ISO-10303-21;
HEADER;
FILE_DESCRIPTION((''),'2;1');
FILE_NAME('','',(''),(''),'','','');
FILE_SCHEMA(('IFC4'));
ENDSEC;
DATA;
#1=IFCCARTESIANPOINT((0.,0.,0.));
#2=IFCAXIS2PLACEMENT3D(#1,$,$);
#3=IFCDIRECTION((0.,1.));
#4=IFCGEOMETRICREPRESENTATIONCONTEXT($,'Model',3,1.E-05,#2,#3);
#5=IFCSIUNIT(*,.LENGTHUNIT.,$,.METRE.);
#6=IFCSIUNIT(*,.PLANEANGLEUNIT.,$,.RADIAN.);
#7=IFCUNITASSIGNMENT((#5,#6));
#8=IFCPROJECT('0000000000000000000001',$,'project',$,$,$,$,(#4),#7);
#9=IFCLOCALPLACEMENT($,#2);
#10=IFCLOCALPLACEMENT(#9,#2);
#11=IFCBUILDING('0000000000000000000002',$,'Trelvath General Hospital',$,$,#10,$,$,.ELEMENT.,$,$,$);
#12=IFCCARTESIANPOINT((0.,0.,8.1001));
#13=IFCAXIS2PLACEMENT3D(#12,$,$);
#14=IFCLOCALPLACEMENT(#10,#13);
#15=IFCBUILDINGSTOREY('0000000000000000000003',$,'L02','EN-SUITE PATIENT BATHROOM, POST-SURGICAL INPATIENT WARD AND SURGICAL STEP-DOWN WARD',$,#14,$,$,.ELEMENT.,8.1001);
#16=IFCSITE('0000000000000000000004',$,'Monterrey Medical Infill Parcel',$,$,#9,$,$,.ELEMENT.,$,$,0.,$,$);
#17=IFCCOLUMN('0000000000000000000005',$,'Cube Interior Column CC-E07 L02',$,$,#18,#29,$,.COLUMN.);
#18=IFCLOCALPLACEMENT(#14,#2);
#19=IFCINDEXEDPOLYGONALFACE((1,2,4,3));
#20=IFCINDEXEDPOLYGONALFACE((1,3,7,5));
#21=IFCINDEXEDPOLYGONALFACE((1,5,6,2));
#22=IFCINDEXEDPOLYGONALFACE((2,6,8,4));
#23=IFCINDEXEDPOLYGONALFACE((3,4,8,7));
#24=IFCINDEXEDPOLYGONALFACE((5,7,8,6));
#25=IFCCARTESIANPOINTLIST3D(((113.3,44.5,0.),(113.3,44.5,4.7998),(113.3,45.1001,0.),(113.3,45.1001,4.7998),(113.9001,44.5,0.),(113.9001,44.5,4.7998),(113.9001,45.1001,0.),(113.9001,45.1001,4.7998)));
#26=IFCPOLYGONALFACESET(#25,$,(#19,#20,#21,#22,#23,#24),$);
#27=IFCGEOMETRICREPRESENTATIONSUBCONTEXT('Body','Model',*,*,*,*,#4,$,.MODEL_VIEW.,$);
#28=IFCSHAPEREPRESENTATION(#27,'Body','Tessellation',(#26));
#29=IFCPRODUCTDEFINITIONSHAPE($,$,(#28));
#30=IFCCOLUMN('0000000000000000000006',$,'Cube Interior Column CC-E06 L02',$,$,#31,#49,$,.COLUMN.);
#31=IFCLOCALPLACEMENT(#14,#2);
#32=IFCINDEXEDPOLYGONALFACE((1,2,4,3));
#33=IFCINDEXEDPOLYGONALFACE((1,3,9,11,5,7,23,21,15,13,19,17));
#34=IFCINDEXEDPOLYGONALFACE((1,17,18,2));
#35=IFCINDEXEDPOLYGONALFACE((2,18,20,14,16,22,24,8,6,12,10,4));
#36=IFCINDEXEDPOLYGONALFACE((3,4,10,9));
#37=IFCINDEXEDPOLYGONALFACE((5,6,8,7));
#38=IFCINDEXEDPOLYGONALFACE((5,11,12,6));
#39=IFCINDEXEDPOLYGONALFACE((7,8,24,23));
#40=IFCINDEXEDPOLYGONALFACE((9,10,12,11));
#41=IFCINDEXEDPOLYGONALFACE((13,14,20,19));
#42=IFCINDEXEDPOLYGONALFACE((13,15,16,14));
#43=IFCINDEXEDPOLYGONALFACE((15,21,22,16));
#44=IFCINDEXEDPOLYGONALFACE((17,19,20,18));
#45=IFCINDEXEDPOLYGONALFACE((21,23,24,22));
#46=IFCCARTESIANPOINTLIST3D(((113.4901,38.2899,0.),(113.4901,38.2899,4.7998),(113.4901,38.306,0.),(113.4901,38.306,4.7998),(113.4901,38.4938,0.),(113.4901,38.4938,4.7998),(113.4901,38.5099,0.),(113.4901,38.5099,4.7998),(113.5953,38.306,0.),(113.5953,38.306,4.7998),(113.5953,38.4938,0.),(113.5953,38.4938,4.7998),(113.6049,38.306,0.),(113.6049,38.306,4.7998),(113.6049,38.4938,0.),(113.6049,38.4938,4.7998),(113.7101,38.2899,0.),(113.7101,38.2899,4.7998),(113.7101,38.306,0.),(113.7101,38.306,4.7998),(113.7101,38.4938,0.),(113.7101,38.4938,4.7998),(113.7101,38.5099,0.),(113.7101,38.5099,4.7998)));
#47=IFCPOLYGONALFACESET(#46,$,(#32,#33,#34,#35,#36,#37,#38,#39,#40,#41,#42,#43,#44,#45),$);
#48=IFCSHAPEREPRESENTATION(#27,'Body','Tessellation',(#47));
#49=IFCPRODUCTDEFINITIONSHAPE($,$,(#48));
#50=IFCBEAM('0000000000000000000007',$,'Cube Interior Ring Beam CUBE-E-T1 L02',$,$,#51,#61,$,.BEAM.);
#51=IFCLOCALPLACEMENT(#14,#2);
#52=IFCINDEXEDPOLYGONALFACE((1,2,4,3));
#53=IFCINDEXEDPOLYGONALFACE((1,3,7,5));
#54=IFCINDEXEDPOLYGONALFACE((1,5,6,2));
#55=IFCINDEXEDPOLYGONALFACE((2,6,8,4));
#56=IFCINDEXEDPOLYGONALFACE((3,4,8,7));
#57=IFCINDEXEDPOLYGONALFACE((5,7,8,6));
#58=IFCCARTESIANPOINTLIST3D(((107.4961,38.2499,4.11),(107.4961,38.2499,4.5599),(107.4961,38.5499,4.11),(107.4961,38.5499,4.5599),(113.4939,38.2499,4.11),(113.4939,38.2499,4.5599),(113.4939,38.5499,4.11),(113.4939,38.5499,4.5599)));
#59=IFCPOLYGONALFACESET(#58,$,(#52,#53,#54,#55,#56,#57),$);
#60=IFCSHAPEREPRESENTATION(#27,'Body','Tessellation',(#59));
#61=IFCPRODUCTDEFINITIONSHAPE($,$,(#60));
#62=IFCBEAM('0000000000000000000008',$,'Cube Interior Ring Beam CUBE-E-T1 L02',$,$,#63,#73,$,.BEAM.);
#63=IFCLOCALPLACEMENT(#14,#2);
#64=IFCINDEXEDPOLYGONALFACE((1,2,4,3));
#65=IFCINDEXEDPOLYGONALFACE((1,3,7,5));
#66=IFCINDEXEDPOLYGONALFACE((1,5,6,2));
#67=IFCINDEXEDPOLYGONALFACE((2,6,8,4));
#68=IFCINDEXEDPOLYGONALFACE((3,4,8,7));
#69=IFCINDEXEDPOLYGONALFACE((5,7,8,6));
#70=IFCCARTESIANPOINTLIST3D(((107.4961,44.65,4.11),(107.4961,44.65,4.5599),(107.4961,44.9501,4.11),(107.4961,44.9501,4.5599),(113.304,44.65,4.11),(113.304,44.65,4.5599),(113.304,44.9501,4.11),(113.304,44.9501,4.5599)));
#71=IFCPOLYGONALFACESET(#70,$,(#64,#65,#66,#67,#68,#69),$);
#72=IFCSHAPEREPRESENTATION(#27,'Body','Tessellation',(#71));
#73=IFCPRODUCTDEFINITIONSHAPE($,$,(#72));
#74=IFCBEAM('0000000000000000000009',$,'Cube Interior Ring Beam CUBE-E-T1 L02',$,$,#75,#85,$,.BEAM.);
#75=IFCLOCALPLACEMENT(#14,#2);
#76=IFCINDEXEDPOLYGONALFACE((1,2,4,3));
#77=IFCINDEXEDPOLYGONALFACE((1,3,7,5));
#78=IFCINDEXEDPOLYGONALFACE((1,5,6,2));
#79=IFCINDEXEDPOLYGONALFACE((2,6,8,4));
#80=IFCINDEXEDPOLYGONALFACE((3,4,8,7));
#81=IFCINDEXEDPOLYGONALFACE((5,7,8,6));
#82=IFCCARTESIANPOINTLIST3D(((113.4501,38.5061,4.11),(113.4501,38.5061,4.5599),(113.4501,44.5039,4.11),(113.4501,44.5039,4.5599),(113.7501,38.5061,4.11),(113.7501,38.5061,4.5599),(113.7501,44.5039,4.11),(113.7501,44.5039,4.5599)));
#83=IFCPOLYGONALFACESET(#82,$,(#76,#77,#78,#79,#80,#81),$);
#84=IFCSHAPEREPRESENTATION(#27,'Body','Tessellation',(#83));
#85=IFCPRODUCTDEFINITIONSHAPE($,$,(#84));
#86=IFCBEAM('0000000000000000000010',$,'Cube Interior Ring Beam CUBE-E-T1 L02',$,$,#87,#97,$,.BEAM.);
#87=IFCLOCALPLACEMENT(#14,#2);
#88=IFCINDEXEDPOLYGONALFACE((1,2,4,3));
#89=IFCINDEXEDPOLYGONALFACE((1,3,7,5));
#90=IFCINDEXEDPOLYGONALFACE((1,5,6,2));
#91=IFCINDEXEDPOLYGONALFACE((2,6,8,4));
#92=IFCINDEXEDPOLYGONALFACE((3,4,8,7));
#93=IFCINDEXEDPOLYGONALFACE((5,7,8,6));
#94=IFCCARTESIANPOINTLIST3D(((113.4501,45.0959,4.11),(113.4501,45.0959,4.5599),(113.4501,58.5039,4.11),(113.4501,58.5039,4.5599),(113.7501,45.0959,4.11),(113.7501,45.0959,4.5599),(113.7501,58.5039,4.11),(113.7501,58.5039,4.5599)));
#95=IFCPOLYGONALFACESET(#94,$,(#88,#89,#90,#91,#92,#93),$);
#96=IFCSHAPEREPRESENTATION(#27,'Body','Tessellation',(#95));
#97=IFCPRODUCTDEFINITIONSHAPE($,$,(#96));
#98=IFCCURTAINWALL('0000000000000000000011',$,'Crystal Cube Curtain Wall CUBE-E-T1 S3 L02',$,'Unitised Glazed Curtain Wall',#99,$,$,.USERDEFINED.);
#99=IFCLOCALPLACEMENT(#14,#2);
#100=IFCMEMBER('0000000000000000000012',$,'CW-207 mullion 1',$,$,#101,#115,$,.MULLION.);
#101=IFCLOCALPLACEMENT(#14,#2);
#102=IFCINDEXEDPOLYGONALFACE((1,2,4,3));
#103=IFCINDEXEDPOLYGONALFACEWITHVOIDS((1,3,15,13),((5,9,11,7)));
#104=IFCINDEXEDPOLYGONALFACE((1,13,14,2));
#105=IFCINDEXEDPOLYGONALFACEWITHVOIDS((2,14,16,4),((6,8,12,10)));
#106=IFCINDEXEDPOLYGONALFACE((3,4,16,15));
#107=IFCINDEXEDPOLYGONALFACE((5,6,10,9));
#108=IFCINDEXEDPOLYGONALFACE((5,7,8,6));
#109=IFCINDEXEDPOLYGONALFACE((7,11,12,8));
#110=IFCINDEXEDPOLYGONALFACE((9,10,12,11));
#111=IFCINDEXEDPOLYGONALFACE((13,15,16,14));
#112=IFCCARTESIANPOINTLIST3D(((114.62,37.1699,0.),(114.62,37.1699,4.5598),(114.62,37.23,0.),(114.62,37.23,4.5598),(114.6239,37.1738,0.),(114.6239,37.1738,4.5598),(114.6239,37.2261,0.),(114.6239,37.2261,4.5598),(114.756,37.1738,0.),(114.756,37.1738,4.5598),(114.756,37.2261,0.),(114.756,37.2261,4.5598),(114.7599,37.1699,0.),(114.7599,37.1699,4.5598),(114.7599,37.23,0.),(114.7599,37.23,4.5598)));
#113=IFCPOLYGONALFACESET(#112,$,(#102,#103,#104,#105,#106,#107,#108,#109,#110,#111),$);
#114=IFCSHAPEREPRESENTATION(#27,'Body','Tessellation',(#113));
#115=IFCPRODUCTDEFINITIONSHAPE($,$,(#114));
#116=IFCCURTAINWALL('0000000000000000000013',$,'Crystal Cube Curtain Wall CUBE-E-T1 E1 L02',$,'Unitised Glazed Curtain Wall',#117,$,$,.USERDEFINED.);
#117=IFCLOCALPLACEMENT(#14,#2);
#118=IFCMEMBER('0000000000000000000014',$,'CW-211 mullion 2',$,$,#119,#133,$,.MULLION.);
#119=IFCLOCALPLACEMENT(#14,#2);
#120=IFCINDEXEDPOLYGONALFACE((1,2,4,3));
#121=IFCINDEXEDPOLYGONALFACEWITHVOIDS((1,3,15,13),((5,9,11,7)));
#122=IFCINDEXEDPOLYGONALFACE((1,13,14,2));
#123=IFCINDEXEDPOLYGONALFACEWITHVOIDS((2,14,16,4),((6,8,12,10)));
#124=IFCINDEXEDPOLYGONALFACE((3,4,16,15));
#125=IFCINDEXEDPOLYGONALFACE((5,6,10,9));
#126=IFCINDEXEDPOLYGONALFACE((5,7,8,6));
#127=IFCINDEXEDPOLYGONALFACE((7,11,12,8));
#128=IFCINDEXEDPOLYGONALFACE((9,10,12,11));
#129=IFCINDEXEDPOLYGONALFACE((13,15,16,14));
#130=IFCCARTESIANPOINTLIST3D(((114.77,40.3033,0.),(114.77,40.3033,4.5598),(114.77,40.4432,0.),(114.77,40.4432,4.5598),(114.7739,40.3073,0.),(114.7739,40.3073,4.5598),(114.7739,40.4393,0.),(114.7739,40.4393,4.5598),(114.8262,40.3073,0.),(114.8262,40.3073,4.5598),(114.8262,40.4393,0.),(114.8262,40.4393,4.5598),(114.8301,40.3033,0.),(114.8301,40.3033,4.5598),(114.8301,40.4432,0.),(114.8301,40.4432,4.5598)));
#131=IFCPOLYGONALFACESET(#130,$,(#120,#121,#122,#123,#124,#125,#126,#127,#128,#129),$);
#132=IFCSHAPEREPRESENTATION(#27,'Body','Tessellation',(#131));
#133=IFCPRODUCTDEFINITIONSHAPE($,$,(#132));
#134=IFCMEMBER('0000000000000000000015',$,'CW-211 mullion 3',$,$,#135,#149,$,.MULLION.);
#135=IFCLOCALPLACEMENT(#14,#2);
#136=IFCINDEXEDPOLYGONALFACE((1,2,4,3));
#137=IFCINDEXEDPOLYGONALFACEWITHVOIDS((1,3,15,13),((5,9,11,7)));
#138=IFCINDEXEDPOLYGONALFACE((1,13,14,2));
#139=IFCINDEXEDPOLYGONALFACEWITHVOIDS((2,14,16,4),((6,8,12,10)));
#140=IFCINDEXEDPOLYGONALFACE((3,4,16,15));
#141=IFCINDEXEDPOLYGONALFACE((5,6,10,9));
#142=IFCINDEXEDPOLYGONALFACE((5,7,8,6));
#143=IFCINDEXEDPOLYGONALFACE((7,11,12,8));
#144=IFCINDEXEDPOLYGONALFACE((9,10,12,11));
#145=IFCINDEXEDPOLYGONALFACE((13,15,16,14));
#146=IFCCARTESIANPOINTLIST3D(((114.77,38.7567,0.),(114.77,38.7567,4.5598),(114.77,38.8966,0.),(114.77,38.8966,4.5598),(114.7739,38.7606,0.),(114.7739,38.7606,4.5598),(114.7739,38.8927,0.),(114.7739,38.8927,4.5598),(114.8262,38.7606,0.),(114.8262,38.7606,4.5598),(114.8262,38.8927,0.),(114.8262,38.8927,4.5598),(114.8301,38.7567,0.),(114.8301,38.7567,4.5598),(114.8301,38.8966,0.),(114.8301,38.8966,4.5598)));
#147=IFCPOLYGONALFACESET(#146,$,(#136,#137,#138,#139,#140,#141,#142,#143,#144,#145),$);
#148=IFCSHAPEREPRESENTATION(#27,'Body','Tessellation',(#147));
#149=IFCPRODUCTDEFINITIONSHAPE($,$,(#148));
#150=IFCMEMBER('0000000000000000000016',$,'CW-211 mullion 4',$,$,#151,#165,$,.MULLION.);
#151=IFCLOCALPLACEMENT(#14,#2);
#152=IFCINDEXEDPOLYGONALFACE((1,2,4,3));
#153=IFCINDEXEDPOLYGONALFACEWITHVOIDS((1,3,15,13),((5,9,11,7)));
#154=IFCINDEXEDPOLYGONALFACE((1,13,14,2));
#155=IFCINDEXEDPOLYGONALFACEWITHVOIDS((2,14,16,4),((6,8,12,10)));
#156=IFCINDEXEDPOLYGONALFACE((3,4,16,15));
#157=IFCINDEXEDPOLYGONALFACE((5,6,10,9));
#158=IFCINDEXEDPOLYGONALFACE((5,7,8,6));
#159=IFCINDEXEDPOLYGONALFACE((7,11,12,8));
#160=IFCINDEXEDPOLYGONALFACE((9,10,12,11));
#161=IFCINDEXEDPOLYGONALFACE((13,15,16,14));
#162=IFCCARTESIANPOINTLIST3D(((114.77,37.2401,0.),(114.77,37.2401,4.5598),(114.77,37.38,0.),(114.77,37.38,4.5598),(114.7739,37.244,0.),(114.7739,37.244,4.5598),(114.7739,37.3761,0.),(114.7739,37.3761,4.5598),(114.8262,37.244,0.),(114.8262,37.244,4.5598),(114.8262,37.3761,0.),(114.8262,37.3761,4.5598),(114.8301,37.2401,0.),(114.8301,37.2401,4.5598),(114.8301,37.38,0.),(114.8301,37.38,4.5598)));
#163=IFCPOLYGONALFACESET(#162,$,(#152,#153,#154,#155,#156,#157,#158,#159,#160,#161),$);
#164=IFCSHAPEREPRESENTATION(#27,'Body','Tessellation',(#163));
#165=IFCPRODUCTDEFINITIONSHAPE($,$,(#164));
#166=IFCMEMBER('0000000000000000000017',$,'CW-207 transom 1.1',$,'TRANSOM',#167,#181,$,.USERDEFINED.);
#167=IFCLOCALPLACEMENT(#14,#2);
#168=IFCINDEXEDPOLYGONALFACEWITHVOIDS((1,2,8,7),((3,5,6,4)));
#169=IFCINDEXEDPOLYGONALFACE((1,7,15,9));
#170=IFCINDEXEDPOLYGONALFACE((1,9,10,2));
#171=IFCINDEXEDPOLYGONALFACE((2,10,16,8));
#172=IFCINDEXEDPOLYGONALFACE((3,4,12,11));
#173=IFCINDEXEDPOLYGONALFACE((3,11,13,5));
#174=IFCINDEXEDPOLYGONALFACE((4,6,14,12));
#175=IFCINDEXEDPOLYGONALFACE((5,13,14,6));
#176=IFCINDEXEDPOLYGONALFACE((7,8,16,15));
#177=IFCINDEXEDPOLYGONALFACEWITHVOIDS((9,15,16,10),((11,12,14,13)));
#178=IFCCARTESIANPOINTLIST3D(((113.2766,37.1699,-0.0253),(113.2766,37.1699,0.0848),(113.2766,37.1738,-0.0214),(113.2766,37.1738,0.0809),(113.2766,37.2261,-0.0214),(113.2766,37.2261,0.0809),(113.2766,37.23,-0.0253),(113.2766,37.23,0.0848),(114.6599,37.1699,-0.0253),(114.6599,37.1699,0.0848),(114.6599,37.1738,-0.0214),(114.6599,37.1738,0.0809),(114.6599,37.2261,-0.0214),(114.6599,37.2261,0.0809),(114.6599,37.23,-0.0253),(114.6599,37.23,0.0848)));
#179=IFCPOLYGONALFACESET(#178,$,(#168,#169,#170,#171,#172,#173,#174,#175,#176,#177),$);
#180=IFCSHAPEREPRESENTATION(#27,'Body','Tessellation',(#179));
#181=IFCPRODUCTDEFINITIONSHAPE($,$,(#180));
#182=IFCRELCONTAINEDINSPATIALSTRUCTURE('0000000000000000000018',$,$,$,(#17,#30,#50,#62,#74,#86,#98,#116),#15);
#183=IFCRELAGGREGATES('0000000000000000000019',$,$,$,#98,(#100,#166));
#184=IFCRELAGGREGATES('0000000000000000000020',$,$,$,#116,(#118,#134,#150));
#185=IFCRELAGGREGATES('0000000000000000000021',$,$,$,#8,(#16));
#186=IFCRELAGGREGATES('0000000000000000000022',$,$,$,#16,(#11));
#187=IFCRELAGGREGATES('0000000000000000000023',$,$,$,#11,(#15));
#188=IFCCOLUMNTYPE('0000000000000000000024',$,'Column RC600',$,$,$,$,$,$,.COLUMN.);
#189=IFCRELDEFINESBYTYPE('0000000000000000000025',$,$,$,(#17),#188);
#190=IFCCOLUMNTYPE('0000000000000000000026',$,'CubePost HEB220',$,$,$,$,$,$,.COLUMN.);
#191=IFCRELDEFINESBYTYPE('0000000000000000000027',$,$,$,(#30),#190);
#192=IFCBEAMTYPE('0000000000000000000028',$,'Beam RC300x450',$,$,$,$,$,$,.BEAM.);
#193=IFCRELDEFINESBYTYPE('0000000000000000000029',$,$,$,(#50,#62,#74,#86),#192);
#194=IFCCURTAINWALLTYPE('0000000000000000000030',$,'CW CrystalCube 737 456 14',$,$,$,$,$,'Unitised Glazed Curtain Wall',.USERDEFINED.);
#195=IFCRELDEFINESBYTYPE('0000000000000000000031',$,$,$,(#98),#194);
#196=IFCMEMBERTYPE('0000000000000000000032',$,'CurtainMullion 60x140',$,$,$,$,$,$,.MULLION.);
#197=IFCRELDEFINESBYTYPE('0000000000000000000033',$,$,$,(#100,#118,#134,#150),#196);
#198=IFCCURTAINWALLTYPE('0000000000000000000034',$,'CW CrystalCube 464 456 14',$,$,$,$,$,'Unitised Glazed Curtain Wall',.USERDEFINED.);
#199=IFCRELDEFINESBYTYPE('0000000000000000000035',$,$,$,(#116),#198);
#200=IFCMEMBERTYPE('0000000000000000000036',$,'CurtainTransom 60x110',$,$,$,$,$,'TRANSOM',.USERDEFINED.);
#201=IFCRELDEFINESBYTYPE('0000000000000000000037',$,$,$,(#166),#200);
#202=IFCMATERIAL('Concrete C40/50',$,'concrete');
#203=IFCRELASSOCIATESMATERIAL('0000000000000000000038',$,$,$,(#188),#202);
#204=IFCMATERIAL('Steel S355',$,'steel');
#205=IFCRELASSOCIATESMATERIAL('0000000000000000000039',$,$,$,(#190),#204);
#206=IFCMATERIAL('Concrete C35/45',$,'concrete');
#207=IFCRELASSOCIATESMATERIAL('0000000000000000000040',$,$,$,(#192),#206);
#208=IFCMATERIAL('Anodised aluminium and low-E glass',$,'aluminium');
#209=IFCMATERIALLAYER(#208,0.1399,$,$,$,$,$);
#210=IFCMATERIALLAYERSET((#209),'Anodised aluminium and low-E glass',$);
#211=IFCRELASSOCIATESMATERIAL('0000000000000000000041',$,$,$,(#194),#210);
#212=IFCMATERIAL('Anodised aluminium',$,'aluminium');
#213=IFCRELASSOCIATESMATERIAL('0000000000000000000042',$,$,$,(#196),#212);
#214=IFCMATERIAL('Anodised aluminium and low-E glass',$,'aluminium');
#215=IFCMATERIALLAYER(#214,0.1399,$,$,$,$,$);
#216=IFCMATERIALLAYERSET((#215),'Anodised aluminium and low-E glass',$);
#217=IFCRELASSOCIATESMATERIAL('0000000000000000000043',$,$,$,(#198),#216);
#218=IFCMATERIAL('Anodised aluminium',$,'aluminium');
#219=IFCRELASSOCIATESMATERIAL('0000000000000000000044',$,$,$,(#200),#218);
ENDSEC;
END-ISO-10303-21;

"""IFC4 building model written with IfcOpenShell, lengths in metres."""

from ifc_helpers import new_model, si_unit, direction, frame, origin, origin_2d, place, context, subcontext, project, spatial, rectangle, hollow_rectangle, i_section, extrude, material, layer, layer_set, material_profile, profile_set, type_object, element, aggregate, save


model = new_model("IFC4")

# Units and contexts
model_context = context("Model", 3, precision=1e-05, world=origin(), true_north=direction((0.0, 1.0)))
body_context = subcontext(model_context, "Body", "Model", "MODEL_VIEW")
ifc_project = project(units=[si_unit("LENGTHUNIT", "METRE"), si_unit("PLANEANGLEUNIT", "RADIAN")], contexts=[model_context])

# Site, building, storey
site_placement = place(None, origin())
site = spatial("IfcSite", under=ifc_project, at=site_placement, Name="Monterrey Medical Infill Parcel", CompositionType="ELEMENT", RefElevation=0.0)
building_placement = place(site_placement, origin())
building = spatial("IfcBuilding", under=site, at=building_placement, Name="Trelvath General Hospital", CompositionType="ELEMENT")
storey_placement = place(building_placement, frame((0.0, 0.0, 8.1001)))
storey = spatial("IfcBuildingStorey", under=building, at=storey_placement, Name="L02", Description="EN-SUITE PATIENT BATHROOM, POST-SURGICAL INPATIENT WARD AND SURGICAL STEP-DOWN WARD", CompositionType="ELEMENT", Elevation=8.1001)

# Columns
ifc_material_1 = material(Name="Concrete C40/50", Category="concrete")
ifc_material_profile_1 = material_profile(ifc_material_1, rectangle(XDim=0.6001, YDim=0.6001, at=origin_2d()), Name="RC600x600")
ifc_profile_set_1 = profile_set([ifc_material_profile_1], Name="Concrete C40/50")
column_type_1 = type_object("IfcColumnType", Name="Column RC600", PredefinedType="COLUMN", material=ifc_profile_set_1)
column_1_placement = place(storey_placement, frame((113.6001, 44.8, 0.0), z_axis=(0.0, 0.0, 1.0), x_axis=(1.0, 0.0, 0.0)))
element("IfcColumn", 1, at=column_1_placement, inside=storey, type_object=column_type_1, Name="Cube Interior Column CC-E07 L02", PredefinedType="COLUMN", context=body_context, shape_type="SweptSolid", body=[
    extrude(rectangle(XDim=0.6001, YDim=0.6001, at=origin_2d()), origin(), (0.0, 0.0, 1.0), 4.7998),
])
ifc_material_2 = material(Name="Steel S355", Category="steel")
ifc_material_profile_2 = material_profile(ifc_material_2, i_section(OverallWidth=0.22, OverallDepth=0.22, WebThickness=0.0095, FlangeThickness=0.0161, at=origin_2d()), Name="HEB220")
ifc_profile_set_2 = profile_set([ifc_material_profile_2], Name="Steel S355")
column_type_2 = type_object("IfcColumnType", Name="CubePost HEB220", PredefinedType="COLUMN", material=ifc_profile_set_2)
column_2_placement = place(storey_placement, frame((113.6001, 38.3999, 0.0), z_axis=(0.0, 0.0, 1.0), x_axis=(1.0, 0.0, 0.0)))
element("IfcColumn", 2, at=column_2_placement, inside=storey, type_object=column_type_2, Name="Cube Interior Column CC-E06 L02", PredefinedType="COLUMN", context=body_context, shape_type="SweptSolid", body=[
    extrude(i_section(OverallWidth=0.22, OverallDepth=0.22, WebThickness=0.0095, FlangeThickness=0.0161, at=origin_2d()), origin(), (0.0, 0.0, 1.0), 4.7998),
])

# Beams
ifc_material_3 = material(Name="Concrete C35/45", Category="concrete")
ifc_material_profile_3 = material_profile(ifc_material_3, rectangle(XDim=0.3, YDim=0.45, at=origin_2d()), Name="RCB300x450")
ifc_profile_set_3 = profile_set([ifc_material_profile_3], Name="Concrete C35/45")
beam_type = type_object("IfcBeamType", Name="Beam RC300x450", PredefinedType="BEAM", material=ifc_profile_set_3)
beam_1_placement = place(storey_placement, frame((107.4961, 38.3999, 4.335), z_axis=(1.0, 0.0, 0.0), x_axis=(0.0, 1.0, 0.0)))
element("IfcBeam", 3, at=beam_1_placement, inside=storey, type_object=beam_type, Name="Cube Interior Ring Beam CUBE-E-T1 L02", PredefinedType="BEAM", context=body_context, shape_type="SweptSolid", body=[
    extrude(rectangle(XDim=0.3, YDim=0.45, at=origin_2d()), origin(), (0.0, 0.0, 1.0), 5.9978),
])
beam_2_placement = place(storey_placement, frame((107.4961, 44.8, 4.335), z_axis=(1.0, 0.0, 0.0), x_axis=(0.0, 1.0, 0.0)))
element("IfcBeam", 4, at=beam_2_placement, inside=storey, type_object=beam_type, Name="Cube Interior Ring Beam CUBE-E-T1 L02", PredefinedType="BEAM", context=body_context, shape_type="SweptSolid", body=[
    extrude(rectangle(XDim=0.3, YDim=0.45, at=origin_2d()), origin(), (0.0, 0.0, 1.0), 5.8079),
])
beam_3_placement = place(storey_placement, frame((113.6001, 38.5061, 4.335), z_axis=(0.0, 1.0, 0.0), x_axis=(-1.0, 0.0, 0.0)))
element("IfcBeam", 5, at=beam_3_placement, inside=storey, type_object=beam_type, Name="Cube Interior Ring Beam CUBE-E-T1 L02", PredefinedType="BEAM", context=body_context, shape_type="SweptSolid", body=[
    extrude(rectangle(XDim=0.3, YDim=0.45, at=origin_2d()), origin(), (0.0, 0.0, 1.0), 5.9978),
])
beam_4_placement = place(storey_placement, frame((113.6001, 45.0959, 4.335), z_axis=(0.0, 1.0, 0.0), x_axis=(-1.0, 0.0, 0.0)))
element("IfcBeam", 6, at=beam_4_placement, inside=storey, type_object=beam_type, Name="Cube Interior Ring Beam CUBE-E-T1 L02", PredefinedType="BEAM", context=body_context, shape_type="SweptSolid", body=[
    extrude(rectangle(XDim=0.3, YDim=0.45, at=origin_2d()), origin(), (0.0, 0.0, 1.0), 13.408),
])

# Curtain wall, member
ifc_material_4 = material(Name="Anodised aluminium and low-E glass", Category="aluminium")
ifc_layer_1 = layer(ifc_material_4, 0.1399)
ifc_layer_set_1 = layer_set([ifc_layer_1], Name="Anodised aluminium and low-E glass")
curtain_wall_type_1 = type_object("IfcCurtainWallType", Name="CW CrystalCube 737 456 14", ElementType="Unitised Glazed Curtain Wall", PredefinedType="USERDEFINED", material=ifc_layer_set_1)
curtain_wall_1_placement = place(storey_placement, origin())
curtain_wall_1 = element("IfcCurtainWall", 7, at=curtain_wall_1_placement, inside=storey, type_object=curtain_wall_type_1, Name="Crystal Cube Curtain Wall CUBE-E-T1 S3 L02", ObjectType="Unitised Glazed Curtain Wall", PredefinedType="USERDEFINED")
ifc_material_5 = material(Name="Anodised aluminium", Category="aluminium")
ifc_material_profile_4 = material_profile(ifc_material_5, hollow_rectangle(XDim=0.0601, YDim=0.1399, WallThickness=0.0039, at=origin_2d()), Name="RHS60x140x4")
ifc_profile_set_4 = profile_set([ifc_material_profile_4], Name="Anodised aluminium")
member_type_1 = type_object("IfcMemberType", Name="CurtainMullion 60x140", PredefinedType="MULLION", material=ifc_profile_set_4)
member_1_placement = place(storey_placement, frame((114.6899, 37.2, 0.0), z_axis=(0.0, 0.0, 1.0), x_axis=(0.0, -1.0, 0.0)))
member_1 = element("IfcMember", 8, at=member_1_placement, type_object=member_type_1, Name="CW-207 mullion 1", PredefinedType="MULLION", context=body_context, shape_type="SweptSolid", body=[
    extrude(hollow_rectangle(XDim=0.0601, YDim=0.1399, WallThickness=0.0039, at=origin_2d()), origin(), (0.0, 0.0, 1.0), 4.5598),
])

# Curtain wall, members
ifc_material_6 = material(Name="Anodised aluminium and low-E glass", Category="aluminium")
ifc_layer_2 = layer(ifc_material_6, 0.1399)
ifc_layer_set_2 = layer_set([ifc_layer_2], Name="Anodised aluminium and low-E glass")
curtain_wall_type_2 = type_object("IfcCurtainWallType", Name="CW CrystalCube 464 456 14", ElementType="Unitised Glazed Curtain Wall", PredefinedType="USERDEFINED", material=ifc_layer_set_2)
curtain_wall_2_placement = place(storey_placement, origin())
curtain_wall_2 = element("IfcCurtainWall", 9, at=curtain_wall_2_placement, inside=storey, type_object=curtain_wall_type_2, Name="Crystal Cube Curtain Wall CUBE-E-T1 E1 L02", ObjectType="Unitised Glazed Curtain Wall", PredefinedType="USERDEFINED")
member_2_placement = place(storey_placement, frame((114.8, 40.3733, 0.0), z_axis=(0.0, 0.0, 1.0), x_axis=(1.0, 0.0, 0.0)))
member_2 = element("IfcMember", 10, at=member_2_placement, type_object=member_type_1, Name="CW-211 mullion 2", PredefinedType="MULLION", context=body_context, shape_type="SweptSolid", body=[
    extrude(hollow_rectangle(XDim=0.0601, YDim=0.1399, WallThickness=0.0039, at=origin_2d()), origin(), (0.0, 0.0, 1.0), 4.5598),
])
member_3_placement = place(storey_placement, frame((114.8, 38.8267, 0.0), z_axis=(0.0, 0.0, 1.0), x_axis=(1.0, 0.0, 0.0)))
member_3 = element("IfcMember", 11, at=member_3_placement, type_object=member_type_1, Name="CW-211 mullion 3", PredefinedType="MULLION", context=body_context, shape_type="SweptSolid", body=[
    extrude(hollow_rectangle(XDim=0.0601, YDim=0.1399, WallThickness=0.0039, at=origin_2d()), origin(), (0.0, 0.0, 1.0), 4.5598),
])
member_4_placement = place(storey_placement, frame((114.8, 37.3101, 0.0), z_axis=(0.0, 0.0, 1.0), x_axis=(1.0, 0.0, 0.0)))
member_4 = element("IfcMember", 12, at=member_4_placement, type_object=member_type_1, Name="CW-211 mullion 4", PredefinedType="MULLION", context=body_context, shape_type="SweptSolid", body=[
    extrude(hollow_rectangle(XDim=0.0601, YDim=0.1399, WallThickness=0.0039, at=origin_2d()), origin(), (0.0, 0.0, 1.0), 4.5598),
])

# Member
ifc_material_7 = material(Name="Anodised aluminium", Category="aluminium")
ifc_material_profile_5 = material_profile(ifc_material_7, hollow_rectangle(XDim=0.0601, YDim=0.1101, WallThickness=0.0039, at=origin_2d()), Name="RHS60x110x4")
ifc_profile_set_5 = profile_set([ifc_material_profile_5], Name="Anodised aluminium")
member_type_2 = type_object("IfcMemberType", Name="CurtainTransom 60x110", ElementType="TRANSOM", PredefinedType="USERDEFINED", material=ifc_profile_set_5)
member_5_placement = place(storey_placement, frame((114.6599, 37.2, 0.0298), z_axis=(-1.0, 0.0, 0.0), x_axis=(0.0, -1.0, 0.0)))
member_5 = element("IfcMember", 13, at=member_5_placement, type_object=member_type_2, Name="CW-207 transom 1.1", ObjectType="TRANSOM", PredefinedType="USERDEFINED", context=body_context, shape_type="SweptSolid", body=[
    extrude(hollow_rectangle(XDim=0.0601, YDim=0.1101, WallThickness=0.0039, at=origin_2d()), origin(), (0.0, 0.0, 1.0), 1.3833),
])
aggregate(curtain_wall_1, [member_1, member_5])

aggregate(curtain_wall_2, [member_2, member_3, member_4])

save(model, "model.ifc")
